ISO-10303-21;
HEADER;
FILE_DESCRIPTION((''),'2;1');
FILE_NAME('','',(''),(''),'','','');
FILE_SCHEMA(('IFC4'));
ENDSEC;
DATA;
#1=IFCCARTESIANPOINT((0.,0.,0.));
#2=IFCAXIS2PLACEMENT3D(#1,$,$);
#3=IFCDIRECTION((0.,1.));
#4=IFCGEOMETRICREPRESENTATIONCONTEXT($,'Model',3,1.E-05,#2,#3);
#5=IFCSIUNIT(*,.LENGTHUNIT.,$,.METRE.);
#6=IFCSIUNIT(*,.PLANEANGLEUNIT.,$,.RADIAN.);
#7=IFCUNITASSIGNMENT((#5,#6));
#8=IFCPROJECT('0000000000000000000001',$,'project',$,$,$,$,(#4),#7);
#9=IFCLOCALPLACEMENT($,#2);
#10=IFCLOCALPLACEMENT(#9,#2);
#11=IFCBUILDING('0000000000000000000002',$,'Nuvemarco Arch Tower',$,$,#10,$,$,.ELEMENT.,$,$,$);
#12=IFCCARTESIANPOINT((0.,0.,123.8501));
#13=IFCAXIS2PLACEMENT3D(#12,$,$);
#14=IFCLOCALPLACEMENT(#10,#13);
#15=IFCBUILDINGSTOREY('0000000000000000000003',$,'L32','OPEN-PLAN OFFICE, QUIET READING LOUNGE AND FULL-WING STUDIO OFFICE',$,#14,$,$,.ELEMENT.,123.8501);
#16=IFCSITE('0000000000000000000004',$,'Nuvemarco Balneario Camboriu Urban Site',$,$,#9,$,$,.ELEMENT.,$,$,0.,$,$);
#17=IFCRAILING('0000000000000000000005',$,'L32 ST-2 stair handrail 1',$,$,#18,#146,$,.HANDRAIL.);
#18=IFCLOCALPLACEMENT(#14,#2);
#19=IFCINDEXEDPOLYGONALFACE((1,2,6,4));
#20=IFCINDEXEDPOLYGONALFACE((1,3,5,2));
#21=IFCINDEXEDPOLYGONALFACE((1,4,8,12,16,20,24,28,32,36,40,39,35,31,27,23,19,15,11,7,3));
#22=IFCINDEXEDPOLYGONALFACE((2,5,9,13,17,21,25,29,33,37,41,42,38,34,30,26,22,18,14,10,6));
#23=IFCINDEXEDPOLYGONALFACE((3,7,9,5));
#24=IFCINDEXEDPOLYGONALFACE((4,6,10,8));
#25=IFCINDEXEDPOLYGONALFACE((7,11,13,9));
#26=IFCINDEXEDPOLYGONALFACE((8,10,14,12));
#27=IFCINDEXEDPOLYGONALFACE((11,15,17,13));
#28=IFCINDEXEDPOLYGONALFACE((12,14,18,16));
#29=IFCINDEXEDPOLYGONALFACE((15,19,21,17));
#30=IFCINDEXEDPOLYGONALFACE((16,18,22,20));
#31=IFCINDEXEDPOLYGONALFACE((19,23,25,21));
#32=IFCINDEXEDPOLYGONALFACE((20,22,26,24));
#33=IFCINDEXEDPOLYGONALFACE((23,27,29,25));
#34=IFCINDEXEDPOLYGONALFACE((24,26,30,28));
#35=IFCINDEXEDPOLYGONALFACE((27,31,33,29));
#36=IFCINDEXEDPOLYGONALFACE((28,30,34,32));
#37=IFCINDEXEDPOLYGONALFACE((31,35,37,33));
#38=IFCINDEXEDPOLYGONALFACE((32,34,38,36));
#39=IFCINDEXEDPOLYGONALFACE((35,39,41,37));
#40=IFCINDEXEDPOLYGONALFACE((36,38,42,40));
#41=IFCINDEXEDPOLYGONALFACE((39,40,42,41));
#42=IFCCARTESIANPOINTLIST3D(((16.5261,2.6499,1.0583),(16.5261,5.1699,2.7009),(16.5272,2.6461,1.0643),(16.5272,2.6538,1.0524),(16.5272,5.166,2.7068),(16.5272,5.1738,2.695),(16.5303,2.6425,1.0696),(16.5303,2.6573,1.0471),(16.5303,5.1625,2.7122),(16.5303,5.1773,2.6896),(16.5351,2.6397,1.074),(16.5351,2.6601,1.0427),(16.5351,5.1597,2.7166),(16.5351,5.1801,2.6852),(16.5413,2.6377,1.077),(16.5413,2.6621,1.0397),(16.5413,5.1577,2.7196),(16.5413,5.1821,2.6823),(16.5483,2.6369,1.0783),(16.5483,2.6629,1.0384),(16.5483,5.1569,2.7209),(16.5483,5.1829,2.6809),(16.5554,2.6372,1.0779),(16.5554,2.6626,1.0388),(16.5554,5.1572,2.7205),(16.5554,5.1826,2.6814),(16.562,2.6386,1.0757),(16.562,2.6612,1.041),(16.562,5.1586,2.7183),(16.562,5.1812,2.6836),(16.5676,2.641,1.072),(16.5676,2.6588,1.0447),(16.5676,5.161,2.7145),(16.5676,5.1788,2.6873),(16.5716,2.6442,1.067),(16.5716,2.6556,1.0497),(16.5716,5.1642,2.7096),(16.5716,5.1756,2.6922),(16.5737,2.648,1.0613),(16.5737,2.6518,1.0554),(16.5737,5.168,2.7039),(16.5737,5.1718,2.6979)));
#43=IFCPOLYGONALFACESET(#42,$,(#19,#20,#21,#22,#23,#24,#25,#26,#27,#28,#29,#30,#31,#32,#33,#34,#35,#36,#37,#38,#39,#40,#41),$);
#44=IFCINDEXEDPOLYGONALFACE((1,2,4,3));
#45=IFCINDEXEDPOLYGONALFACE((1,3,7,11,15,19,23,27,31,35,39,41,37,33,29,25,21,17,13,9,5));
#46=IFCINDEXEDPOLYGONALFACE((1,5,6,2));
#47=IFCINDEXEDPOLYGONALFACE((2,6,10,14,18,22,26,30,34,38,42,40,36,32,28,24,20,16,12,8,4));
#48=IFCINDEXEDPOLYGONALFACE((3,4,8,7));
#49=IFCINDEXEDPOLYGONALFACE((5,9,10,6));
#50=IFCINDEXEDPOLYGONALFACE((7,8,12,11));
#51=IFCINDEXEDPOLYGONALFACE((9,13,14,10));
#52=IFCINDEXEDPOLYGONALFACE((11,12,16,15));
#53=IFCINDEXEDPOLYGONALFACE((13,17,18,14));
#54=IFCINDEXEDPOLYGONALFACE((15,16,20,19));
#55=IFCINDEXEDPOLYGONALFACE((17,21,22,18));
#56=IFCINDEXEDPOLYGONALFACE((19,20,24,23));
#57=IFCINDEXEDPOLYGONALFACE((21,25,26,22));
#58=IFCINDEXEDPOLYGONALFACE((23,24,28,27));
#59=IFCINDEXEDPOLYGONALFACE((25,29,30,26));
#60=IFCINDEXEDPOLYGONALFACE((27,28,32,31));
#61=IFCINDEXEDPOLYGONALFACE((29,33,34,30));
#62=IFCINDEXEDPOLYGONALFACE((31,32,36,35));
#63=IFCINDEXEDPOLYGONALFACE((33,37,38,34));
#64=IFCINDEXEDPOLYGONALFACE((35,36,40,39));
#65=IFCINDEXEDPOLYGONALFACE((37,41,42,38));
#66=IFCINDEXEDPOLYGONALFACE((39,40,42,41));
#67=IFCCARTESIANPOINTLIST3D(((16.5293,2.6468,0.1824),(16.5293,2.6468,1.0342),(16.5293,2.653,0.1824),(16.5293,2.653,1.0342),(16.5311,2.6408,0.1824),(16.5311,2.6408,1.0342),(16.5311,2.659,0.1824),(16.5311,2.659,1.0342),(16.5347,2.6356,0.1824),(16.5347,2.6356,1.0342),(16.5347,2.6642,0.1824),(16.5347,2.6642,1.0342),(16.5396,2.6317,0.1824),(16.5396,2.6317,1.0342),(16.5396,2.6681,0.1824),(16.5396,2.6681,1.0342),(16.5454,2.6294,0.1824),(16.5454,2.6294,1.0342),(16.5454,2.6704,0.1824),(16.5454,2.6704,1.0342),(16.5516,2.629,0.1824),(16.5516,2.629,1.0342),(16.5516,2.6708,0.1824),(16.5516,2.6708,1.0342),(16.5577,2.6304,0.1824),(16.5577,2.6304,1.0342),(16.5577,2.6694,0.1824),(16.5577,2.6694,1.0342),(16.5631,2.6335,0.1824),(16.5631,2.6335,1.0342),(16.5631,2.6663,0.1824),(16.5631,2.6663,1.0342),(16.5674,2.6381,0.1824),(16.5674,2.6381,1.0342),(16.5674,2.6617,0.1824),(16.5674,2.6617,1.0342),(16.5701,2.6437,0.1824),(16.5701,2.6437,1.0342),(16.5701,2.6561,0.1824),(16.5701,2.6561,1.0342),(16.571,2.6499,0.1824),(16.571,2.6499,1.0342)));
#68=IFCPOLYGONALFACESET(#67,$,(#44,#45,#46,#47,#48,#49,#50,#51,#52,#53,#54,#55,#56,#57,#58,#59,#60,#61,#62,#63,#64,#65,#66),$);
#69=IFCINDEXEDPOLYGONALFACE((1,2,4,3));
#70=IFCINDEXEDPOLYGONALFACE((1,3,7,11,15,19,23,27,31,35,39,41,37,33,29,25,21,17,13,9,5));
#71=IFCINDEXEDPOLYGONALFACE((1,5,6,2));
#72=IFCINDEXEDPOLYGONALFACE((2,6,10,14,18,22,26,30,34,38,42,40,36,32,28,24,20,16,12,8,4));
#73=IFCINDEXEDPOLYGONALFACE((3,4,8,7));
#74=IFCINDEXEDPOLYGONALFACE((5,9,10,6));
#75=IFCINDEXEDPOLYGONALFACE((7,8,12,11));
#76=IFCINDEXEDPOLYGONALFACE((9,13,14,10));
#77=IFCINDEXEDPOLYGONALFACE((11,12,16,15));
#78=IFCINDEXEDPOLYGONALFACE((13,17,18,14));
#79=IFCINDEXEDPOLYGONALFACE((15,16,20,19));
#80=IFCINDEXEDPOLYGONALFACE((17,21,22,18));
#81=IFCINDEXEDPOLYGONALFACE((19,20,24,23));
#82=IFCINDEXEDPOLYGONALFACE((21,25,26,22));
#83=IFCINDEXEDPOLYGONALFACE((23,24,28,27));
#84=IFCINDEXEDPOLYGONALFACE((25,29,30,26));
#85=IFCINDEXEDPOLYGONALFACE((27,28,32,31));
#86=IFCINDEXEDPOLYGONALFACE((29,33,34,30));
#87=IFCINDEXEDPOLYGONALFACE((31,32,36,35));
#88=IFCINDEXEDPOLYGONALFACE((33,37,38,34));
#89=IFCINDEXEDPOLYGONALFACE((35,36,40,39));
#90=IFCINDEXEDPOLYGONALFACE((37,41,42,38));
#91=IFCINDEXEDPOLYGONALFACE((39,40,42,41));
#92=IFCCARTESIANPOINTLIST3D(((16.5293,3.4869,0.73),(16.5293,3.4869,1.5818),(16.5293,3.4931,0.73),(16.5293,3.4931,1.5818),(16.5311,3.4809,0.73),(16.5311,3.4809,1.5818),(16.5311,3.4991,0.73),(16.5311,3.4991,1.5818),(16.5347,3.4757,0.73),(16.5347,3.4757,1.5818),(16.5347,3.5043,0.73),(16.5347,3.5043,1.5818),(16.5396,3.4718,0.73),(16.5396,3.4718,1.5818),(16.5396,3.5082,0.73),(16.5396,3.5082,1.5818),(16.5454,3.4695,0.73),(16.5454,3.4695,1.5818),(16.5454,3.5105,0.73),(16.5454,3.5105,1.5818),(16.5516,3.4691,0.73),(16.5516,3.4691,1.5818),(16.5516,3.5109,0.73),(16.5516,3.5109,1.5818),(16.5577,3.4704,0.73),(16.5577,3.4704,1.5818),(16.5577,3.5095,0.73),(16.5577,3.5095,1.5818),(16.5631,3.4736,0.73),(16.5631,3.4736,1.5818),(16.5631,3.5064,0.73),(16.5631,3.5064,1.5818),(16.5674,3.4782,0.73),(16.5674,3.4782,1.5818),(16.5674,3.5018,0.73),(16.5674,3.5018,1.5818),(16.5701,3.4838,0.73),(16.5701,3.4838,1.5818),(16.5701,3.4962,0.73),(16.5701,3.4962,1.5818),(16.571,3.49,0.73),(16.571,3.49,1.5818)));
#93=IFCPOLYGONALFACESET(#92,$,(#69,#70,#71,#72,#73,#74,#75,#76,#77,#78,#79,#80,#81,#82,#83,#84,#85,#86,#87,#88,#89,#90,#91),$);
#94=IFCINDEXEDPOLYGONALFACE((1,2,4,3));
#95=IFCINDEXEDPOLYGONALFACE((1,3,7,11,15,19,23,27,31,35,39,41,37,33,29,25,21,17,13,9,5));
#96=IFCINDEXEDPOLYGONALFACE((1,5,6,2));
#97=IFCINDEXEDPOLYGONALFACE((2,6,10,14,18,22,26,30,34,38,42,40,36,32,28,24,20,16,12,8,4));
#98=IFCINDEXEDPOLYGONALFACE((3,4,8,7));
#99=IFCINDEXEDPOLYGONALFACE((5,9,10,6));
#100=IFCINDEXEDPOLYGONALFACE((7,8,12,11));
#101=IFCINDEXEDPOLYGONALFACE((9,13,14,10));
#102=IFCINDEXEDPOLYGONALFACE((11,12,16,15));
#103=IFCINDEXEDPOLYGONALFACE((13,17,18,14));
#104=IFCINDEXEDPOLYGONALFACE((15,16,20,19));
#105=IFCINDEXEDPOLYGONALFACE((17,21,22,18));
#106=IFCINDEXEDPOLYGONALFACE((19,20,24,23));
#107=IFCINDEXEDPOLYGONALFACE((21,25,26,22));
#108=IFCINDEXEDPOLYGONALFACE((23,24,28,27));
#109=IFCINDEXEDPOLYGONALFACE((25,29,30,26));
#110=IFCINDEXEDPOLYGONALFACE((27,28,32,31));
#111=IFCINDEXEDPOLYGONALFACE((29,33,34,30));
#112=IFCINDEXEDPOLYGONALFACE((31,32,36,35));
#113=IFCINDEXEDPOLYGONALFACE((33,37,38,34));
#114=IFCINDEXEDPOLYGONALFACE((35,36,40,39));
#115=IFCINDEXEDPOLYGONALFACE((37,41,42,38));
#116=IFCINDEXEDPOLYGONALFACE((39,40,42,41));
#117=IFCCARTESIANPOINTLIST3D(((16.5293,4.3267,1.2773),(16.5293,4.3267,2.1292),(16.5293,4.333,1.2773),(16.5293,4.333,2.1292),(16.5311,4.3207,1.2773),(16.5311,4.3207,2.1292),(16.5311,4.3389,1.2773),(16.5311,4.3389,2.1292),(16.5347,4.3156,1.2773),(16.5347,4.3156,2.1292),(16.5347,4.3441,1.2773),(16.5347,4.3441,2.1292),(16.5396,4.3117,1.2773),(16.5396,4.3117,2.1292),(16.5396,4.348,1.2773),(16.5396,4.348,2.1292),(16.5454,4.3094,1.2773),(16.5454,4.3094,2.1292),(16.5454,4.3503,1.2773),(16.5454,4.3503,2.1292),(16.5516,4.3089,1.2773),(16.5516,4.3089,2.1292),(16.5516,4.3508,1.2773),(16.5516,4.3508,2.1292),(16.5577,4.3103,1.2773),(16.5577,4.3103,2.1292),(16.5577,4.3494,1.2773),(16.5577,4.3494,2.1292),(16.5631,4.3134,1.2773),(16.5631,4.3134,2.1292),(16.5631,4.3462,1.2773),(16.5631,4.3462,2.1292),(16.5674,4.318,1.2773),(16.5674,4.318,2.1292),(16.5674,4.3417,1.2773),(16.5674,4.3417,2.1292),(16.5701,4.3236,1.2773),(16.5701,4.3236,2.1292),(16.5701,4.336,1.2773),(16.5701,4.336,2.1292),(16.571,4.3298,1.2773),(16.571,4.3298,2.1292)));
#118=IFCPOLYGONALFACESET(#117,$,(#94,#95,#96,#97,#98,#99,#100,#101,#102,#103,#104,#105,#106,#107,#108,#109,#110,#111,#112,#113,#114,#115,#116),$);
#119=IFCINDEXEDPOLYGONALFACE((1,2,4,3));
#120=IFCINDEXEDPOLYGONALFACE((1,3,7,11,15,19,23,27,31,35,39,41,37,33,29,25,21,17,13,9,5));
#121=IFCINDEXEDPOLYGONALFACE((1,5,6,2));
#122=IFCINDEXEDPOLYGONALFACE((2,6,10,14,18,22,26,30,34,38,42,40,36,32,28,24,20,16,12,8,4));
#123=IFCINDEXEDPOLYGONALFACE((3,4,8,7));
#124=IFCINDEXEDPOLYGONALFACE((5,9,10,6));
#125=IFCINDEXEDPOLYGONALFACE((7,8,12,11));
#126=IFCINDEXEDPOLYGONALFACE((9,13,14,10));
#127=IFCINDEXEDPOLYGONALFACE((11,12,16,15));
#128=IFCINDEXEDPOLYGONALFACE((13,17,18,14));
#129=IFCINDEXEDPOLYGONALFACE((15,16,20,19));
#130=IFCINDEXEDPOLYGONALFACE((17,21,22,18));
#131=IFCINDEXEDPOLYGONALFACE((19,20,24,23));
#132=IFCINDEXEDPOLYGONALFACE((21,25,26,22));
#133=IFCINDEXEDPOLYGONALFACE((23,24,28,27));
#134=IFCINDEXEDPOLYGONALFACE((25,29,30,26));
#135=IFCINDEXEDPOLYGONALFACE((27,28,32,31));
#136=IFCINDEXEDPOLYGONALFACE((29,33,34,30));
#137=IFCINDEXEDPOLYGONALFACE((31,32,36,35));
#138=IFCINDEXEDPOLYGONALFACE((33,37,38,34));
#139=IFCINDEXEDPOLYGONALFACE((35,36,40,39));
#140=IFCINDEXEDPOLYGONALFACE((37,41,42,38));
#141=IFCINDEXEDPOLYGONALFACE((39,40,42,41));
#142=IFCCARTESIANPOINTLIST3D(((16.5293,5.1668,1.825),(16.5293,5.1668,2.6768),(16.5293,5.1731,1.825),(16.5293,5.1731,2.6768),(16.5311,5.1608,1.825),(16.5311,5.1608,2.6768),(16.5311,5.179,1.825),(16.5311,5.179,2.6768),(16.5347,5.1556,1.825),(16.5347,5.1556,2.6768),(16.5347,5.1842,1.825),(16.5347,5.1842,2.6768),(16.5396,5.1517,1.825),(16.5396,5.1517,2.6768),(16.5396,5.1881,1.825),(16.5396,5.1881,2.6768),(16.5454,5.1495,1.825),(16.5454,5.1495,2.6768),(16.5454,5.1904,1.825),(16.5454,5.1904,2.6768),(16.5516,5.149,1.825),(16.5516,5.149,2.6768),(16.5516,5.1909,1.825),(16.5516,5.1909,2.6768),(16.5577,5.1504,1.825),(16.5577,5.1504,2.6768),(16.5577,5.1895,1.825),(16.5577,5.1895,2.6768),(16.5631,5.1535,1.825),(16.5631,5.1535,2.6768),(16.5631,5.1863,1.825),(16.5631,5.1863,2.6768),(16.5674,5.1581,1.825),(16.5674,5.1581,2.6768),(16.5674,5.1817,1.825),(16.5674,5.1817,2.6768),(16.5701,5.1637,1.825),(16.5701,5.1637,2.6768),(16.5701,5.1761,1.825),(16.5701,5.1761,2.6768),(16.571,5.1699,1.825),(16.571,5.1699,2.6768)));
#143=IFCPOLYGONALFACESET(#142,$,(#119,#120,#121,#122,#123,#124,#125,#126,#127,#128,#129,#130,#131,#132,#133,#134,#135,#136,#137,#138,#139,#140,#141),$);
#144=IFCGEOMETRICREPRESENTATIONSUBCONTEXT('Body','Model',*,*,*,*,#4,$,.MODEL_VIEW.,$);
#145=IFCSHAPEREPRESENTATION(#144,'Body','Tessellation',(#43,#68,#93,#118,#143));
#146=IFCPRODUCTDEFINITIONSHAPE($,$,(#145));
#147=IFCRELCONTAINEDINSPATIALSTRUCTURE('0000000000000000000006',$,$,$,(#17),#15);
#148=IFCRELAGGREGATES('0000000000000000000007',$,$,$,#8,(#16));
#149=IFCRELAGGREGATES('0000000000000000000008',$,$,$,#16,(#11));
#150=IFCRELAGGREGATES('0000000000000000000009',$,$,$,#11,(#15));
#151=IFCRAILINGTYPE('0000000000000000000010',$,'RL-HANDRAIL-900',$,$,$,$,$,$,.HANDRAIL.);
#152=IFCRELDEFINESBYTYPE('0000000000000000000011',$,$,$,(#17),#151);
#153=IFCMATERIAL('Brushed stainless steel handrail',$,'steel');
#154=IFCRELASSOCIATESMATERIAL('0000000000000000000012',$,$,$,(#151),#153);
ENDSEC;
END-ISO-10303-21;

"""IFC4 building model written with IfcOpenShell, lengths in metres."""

from ifc_helpers import new_model, si_unit, direction, frame, origin, origin_2d, place, context, subcontext, project, spatial, circle, extrude, material, type_object, element, save


model = new_model("IFC4")

# Units and contexts
model_context = context("Model", 3, precision=1e-05, world=origin(), true_north=direction((0.0, 1.0)))
body_context = subcontext(model_context, "Body", "Model", "MODEL_VIEW")
ifc_project = project(units=[si_unit("LENGTHUNIT", "METRE"), si_unit("PLANEANGLEUNIT", "RADIAN")], contexts=[model_context])

# Site, building, storey
site_placement = place(None, origin())
site = spatial("IfcSite", under=ifc_project, at=site_placement, Name="Nuvemarco Balneario Camboriu Urban Site", CompositionType="ELEMENT", RefElevation=0.0)
building_placement = place(site_placement, origin())
building = spatial("IfcBuilding", under=site, at=building_placement, Name="Nuvemarco Arch Tower", CompositionType="ELEMENT")
storey_placement = place(building_placement, frame((0.0, 0.0, 123.8501)))
storey = spatial("IfcBuildingStorey", under=building, at=storey_placement, Name="L32", Description="OPEN-PLAN OFFICE, QUIET READING LOUNGE AND FULL-WING STUDIO OFFICE", CompositionType="ELEMENT", Elevation=123.8501)

# Railing
ifc_material_1 = material(Name="Brushed stainless steel handrail", Category="steel")
railing_type_1 = type_object("IfcRailingType", Name="RL-HANDRAIL-900", PredefinedType="HANDRAIL", material=ifc_material_1)
railing_1_placement = place(storey_placement, frame((16.55, 2.6499, 0.1824)))
element("IfcRailing", 1, at=railing_1_placement, inside=storey, type_object=railing_type_1, Name="L32 ST-2 stair handrail 1", PredefinedType="HANDRAIL", context=body_context, shape_type="SweptSolid", body=[
    extrude(circle(Radius=0.0239, at=origin_2d()), frame((0.0, 0.0, 0.876), z_axis=(0.0, 0.837749, 0.546055), x_axis=(-1.0, 0.0, 0.0)), (0.0, 0.0, 1.0), 3.0081),
    extrude(circle(Radius=0.021, at=origin_2d()), origin(), (0.0, 0.0, 1.0), 0.8518),
    extrude(circle(Radius=0.021, at=origin_2d()), frame((0.0, 0.8401, 0.5476)), (0.0, 0.0, 1.0), 0.8518),
    extrude(circle(Radius=0.021, at=origin_2d()), frame((0.0, 1.6799, 1.095)), (0.0, 0.0, 1.0), 0.8518),
    extrude(circle(Radius=0.021, at=origin_2d()), frame((0.0, 2.52, 1.6426)), (0.0, 0.0, 1.0), 0.8518),
])

save(model, "model.ifc")
